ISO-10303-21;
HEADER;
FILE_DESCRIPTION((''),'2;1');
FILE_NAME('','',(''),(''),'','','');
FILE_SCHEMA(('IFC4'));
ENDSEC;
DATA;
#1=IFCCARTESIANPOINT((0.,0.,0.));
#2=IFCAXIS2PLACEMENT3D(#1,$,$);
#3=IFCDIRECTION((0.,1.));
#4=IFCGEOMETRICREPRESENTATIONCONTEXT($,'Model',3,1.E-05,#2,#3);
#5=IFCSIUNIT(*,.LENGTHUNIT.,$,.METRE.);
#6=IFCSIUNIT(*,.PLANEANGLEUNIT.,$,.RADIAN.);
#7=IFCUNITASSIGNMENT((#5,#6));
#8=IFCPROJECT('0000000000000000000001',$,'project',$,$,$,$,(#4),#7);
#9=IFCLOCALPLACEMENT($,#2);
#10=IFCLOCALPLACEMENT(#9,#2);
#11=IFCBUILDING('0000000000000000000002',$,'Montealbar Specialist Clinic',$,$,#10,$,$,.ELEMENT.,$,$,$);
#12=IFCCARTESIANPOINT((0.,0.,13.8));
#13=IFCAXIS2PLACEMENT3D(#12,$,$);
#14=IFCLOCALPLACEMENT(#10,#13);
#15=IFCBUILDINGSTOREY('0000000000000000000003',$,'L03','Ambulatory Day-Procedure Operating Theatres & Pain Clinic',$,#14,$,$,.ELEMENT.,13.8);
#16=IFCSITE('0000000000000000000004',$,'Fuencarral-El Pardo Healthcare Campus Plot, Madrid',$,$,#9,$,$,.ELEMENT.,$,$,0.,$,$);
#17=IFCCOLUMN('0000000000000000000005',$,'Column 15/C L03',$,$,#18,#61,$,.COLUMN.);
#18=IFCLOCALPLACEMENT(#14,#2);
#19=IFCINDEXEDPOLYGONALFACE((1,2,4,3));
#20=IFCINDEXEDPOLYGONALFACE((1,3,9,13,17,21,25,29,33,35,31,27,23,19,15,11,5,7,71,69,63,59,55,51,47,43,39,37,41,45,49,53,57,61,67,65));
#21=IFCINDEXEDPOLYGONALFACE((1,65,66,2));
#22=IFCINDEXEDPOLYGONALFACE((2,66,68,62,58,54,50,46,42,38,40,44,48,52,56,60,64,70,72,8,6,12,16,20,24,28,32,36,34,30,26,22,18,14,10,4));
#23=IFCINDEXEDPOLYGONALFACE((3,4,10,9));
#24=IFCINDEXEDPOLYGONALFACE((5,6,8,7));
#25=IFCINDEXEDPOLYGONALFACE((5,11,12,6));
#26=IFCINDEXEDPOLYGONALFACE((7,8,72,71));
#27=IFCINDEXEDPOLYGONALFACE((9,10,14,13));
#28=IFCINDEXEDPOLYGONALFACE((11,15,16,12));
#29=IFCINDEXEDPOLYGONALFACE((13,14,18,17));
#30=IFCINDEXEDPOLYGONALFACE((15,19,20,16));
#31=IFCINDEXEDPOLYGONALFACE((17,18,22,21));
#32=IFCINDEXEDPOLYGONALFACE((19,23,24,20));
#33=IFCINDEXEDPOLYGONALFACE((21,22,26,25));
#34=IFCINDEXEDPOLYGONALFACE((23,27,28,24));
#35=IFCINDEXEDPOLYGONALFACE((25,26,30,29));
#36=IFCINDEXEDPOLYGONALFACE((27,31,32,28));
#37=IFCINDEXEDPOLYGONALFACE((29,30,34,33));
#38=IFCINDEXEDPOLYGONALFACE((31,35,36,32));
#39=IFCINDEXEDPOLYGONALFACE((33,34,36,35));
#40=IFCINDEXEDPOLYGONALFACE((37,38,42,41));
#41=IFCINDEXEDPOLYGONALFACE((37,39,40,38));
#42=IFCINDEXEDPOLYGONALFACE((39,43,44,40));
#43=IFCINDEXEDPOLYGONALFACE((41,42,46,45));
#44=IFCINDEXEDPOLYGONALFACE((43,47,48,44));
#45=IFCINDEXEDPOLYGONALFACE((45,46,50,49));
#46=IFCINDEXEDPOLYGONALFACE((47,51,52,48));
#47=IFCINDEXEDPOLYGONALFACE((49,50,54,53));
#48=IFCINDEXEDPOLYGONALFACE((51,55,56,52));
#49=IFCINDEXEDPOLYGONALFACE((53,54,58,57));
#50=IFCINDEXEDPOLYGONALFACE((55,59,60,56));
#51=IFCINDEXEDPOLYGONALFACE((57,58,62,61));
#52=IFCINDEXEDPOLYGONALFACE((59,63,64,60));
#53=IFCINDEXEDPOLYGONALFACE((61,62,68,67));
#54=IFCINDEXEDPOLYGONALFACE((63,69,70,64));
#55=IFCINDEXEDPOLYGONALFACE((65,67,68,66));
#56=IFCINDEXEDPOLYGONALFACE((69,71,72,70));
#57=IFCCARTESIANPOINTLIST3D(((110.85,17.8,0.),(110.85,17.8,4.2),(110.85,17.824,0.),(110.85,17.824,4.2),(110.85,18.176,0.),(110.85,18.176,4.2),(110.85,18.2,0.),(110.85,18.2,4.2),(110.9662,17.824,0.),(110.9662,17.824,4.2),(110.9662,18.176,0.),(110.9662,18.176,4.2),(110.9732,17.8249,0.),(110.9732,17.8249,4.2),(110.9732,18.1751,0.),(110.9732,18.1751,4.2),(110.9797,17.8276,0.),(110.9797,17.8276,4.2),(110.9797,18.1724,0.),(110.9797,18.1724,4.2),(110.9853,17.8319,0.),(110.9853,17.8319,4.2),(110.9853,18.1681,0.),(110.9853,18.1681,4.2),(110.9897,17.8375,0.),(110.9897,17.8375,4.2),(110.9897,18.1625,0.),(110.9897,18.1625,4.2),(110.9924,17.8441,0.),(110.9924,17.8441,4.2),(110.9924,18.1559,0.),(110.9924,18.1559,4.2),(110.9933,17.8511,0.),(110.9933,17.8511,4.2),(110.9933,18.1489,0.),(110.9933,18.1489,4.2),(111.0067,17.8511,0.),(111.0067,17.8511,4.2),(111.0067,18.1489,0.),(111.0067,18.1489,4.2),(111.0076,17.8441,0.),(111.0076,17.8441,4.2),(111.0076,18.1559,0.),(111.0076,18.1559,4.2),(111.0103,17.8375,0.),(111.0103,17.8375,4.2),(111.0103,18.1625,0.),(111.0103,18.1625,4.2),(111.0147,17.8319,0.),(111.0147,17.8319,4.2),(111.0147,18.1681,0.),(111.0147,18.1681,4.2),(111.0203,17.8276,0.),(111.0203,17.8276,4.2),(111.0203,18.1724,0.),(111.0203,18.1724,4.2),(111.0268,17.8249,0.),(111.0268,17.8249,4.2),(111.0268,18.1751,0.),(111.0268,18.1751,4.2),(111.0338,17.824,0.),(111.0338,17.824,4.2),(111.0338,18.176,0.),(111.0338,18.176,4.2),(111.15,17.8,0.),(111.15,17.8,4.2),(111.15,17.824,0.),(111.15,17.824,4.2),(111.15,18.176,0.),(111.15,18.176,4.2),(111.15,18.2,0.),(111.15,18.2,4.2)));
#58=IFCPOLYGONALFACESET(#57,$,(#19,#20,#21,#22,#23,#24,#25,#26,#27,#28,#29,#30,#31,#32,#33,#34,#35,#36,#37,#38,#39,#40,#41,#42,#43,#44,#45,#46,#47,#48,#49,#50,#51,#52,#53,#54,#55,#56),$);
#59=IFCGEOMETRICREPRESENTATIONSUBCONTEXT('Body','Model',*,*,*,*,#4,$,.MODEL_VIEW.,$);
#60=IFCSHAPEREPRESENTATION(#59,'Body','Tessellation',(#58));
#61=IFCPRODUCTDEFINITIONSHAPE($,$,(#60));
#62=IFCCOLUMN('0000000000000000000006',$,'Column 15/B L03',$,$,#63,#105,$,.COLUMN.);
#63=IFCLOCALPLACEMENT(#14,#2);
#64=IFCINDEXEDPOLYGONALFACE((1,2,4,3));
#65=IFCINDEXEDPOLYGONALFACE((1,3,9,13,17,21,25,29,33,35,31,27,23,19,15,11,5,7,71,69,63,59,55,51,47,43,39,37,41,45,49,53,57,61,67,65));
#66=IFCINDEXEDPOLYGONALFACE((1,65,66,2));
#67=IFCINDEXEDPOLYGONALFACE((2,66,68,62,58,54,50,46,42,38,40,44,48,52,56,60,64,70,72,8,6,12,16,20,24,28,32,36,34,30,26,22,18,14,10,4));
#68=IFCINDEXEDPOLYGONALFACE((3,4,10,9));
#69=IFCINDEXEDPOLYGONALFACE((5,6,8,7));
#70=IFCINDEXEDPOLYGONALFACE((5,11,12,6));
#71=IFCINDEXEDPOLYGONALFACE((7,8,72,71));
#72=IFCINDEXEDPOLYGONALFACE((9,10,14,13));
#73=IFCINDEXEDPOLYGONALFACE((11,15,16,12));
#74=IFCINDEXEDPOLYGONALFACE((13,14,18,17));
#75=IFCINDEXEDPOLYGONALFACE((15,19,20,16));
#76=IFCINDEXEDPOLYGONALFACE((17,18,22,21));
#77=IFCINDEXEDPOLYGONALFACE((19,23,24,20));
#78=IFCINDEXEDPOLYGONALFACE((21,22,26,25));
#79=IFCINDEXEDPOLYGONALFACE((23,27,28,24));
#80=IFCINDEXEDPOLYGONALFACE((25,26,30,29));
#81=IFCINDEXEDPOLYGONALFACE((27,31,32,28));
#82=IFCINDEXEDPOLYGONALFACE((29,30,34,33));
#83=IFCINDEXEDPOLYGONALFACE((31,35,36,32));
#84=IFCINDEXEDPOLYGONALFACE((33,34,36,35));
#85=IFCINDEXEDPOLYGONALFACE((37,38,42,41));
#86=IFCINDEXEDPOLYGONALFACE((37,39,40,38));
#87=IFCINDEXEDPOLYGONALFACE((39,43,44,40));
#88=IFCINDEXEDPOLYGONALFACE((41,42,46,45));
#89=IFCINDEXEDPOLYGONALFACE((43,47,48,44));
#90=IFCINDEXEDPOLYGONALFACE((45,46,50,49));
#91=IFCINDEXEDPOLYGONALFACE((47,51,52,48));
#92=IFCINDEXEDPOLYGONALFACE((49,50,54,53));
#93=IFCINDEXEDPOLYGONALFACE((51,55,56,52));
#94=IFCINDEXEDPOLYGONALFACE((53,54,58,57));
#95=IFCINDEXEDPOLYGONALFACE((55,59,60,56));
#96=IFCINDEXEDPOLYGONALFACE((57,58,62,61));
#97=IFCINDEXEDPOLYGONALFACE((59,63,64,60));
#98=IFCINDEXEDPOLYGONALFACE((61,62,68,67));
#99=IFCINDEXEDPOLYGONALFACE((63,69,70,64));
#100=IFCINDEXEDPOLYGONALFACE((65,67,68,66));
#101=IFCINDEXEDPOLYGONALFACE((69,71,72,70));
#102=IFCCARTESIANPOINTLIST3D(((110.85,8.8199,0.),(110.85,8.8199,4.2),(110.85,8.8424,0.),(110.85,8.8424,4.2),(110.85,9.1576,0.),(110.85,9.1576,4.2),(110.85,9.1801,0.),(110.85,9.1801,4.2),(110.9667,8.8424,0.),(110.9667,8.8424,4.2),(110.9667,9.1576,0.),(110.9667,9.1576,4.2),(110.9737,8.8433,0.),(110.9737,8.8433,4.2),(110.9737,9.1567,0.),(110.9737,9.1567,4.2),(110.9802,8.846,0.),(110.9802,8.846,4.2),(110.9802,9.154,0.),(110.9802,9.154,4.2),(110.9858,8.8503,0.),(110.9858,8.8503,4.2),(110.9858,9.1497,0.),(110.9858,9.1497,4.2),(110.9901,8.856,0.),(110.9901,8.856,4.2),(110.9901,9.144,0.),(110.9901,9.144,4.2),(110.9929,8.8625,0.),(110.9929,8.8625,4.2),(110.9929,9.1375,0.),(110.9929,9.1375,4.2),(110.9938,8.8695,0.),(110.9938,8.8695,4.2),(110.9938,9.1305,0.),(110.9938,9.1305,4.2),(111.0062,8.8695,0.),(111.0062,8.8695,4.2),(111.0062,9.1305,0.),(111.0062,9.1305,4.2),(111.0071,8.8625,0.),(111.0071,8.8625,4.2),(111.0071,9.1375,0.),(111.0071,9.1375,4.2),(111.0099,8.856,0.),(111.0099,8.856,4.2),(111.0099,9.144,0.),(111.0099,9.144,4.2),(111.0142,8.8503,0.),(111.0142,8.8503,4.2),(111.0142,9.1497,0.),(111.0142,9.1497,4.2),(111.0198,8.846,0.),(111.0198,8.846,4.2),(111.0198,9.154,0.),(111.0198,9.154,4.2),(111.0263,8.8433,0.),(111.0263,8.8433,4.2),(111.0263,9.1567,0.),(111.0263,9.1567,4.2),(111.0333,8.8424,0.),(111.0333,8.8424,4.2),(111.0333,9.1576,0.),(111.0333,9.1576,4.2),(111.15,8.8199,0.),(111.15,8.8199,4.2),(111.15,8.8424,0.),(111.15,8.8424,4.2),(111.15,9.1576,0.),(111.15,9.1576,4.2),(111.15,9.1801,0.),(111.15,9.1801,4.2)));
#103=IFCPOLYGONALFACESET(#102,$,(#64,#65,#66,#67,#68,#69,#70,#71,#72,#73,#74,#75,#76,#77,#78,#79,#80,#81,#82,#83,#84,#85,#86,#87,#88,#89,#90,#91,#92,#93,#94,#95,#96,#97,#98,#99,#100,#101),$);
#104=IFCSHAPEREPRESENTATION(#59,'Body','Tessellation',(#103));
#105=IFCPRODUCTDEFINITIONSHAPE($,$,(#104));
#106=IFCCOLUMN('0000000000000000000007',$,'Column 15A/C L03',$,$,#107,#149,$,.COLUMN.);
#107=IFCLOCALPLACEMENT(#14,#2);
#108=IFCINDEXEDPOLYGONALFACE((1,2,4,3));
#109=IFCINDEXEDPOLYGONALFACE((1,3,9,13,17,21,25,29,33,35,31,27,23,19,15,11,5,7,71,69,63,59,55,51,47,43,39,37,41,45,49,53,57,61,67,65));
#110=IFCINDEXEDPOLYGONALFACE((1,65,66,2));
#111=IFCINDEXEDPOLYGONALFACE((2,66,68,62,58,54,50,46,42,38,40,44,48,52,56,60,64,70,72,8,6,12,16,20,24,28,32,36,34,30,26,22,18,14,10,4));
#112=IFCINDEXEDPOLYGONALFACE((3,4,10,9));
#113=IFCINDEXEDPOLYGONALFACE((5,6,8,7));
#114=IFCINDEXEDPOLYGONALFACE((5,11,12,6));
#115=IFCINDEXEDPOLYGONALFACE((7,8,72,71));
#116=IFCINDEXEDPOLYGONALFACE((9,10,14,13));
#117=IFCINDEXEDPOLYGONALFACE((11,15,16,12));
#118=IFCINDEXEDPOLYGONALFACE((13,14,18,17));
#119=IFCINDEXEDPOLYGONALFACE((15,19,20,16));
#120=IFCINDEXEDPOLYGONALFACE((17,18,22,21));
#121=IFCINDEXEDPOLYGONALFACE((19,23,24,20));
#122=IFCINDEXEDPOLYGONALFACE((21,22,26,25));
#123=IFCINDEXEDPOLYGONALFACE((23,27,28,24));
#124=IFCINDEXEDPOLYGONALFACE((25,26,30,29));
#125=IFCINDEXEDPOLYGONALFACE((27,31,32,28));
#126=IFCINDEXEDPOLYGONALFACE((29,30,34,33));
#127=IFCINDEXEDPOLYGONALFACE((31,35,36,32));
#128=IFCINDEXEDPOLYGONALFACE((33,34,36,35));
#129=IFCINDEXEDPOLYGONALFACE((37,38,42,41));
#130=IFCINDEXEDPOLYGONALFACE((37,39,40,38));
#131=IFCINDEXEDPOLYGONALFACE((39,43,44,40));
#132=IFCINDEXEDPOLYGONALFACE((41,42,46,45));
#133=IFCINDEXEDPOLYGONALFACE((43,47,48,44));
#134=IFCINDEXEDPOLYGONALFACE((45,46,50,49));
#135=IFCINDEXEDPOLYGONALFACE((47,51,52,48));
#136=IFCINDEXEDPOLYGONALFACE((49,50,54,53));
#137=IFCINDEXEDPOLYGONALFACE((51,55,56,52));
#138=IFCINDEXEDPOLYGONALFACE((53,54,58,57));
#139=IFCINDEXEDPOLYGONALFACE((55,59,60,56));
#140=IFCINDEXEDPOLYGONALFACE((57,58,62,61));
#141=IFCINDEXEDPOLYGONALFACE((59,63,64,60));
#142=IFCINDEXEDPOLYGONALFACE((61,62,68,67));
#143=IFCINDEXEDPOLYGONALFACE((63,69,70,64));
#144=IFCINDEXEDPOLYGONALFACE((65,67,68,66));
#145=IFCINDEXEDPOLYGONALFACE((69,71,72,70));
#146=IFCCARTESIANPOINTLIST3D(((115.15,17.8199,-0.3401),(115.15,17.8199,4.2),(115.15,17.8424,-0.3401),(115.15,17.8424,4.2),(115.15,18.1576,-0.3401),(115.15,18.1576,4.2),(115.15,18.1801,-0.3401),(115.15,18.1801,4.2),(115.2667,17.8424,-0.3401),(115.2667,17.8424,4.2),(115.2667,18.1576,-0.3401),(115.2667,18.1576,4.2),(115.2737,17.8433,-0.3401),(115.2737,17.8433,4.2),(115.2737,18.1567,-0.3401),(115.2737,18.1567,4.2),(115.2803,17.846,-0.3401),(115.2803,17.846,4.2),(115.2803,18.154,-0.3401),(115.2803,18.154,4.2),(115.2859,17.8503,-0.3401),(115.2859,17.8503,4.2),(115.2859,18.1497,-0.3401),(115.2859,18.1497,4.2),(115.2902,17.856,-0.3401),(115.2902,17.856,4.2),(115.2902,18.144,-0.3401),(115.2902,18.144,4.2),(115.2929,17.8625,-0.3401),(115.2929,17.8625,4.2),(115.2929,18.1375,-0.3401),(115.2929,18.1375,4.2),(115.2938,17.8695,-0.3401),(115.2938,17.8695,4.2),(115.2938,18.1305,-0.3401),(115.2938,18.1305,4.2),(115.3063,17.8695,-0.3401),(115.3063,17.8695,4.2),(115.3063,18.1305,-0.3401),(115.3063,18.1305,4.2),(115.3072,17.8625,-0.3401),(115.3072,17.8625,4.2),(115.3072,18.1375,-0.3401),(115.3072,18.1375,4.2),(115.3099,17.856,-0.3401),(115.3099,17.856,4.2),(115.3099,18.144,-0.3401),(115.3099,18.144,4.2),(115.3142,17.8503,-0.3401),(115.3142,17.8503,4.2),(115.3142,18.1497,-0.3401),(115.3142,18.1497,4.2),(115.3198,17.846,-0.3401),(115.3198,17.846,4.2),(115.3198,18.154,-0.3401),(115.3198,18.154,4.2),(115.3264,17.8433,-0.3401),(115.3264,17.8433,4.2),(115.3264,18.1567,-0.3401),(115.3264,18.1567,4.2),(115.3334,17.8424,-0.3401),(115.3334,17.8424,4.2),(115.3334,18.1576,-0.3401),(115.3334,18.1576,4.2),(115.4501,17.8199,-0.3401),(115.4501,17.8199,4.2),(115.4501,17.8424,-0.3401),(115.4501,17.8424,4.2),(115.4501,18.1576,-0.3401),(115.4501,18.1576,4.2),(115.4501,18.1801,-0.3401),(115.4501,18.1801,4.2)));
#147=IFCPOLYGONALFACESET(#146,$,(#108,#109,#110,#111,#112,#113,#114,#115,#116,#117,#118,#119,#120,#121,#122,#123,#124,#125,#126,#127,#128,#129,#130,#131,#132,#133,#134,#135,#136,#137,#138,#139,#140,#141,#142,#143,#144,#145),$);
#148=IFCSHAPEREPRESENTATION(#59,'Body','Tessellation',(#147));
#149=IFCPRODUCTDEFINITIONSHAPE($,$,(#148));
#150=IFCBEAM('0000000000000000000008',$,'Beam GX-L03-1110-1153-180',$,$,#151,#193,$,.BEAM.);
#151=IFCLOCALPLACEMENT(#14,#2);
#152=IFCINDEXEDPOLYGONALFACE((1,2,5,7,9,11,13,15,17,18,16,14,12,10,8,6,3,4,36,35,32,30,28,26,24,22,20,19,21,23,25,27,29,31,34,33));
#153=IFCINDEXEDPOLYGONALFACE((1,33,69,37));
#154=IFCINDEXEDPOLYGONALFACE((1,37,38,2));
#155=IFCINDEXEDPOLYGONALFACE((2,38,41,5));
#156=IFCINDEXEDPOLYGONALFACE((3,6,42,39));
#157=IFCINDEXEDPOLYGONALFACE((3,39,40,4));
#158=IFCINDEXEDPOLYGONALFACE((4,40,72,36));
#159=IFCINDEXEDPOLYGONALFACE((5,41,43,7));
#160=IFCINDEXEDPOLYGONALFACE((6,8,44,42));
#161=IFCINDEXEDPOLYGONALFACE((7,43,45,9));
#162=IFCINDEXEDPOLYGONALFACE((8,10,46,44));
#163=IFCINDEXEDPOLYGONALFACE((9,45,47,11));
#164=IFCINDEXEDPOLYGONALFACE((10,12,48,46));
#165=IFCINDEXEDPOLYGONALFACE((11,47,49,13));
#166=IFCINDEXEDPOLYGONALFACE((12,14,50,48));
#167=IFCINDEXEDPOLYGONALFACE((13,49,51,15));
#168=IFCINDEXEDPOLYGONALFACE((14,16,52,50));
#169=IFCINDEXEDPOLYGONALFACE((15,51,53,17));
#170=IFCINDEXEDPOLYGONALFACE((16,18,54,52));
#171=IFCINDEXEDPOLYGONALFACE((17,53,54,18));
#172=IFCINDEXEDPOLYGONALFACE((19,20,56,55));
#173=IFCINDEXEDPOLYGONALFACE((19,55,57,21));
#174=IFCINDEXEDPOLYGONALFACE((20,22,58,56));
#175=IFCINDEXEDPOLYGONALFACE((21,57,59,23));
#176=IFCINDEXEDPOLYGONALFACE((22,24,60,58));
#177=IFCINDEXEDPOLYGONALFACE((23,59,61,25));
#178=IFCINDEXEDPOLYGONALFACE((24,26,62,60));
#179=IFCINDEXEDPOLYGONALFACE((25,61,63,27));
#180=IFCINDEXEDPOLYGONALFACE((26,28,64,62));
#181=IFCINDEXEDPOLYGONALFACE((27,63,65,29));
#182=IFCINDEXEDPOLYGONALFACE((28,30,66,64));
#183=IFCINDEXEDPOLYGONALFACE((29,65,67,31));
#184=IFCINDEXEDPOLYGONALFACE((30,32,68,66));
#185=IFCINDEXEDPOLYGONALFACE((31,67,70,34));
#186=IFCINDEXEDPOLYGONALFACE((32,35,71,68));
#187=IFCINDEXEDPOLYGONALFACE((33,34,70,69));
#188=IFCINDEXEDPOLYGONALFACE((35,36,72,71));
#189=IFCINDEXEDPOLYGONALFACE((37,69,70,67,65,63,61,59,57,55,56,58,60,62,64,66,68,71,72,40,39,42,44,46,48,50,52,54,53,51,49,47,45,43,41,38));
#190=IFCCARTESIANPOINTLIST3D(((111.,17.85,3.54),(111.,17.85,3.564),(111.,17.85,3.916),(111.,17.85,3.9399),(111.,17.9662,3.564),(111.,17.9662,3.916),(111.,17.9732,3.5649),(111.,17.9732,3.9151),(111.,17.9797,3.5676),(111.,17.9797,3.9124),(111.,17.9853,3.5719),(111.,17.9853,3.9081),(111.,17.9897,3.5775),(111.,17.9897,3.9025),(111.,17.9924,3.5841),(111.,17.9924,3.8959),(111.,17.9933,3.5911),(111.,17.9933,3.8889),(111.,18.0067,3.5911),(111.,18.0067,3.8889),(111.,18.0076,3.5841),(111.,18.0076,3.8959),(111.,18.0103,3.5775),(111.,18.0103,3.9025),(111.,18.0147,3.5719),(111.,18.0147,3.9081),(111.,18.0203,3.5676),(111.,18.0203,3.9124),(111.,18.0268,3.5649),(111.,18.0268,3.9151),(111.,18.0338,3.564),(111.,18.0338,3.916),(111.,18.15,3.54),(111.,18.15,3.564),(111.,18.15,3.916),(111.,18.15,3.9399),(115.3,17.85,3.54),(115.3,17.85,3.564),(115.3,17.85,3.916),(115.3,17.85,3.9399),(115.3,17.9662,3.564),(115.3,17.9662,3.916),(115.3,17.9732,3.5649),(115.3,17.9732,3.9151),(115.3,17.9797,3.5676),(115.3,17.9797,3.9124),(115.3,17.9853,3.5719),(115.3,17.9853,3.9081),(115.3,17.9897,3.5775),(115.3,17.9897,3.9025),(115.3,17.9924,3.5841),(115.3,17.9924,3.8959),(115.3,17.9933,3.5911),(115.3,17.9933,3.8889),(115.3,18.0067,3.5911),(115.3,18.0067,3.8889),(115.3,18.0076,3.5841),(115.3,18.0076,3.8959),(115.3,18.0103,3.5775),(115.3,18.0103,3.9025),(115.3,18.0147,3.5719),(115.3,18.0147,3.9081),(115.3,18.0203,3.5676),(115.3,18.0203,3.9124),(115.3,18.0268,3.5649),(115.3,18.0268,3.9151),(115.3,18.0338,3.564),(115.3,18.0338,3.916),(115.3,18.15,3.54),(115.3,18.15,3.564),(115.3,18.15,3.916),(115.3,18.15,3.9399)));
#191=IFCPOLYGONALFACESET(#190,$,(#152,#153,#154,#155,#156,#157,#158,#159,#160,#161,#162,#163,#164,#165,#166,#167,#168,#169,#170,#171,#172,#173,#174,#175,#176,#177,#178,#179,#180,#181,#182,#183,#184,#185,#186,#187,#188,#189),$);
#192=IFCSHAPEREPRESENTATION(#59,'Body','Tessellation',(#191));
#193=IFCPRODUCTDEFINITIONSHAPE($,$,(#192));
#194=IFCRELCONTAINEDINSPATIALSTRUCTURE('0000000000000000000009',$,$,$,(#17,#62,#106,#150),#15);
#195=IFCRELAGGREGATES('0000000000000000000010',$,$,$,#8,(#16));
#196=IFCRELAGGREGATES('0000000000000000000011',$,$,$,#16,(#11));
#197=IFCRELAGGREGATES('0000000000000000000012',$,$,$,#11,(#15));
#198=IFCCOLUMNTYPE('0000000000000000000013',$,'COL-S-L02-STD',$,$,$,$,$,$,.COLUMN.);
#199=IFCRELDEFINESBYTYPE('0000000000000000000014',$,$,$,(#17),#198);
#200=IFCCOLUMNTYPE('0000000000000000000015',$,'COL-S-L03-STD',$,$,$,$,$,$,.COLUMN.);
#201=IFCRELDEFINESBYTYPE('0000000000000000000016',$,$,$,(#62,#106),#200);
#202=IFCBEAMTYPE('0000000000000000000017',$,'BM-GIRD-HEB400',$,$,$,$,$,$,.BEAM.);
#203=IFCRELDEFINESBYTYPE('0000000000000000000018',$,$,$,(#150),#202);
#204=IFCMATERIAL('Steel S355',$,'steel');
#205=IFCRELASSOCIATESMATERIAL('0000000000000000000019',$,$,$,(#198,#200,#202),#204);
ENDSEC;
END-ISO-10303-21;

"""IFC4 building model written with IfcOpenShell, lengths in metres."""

from ifc_helpers import new_model, si_unit, direction, frame, origin, origin_2d, place, context, subcontext, project, spatial, i_section, extrude, material, material_profile, profile_set, type_object, element, save


model = new_model("IFC4")

# Units and contexts
model_context = context("Model", 3, precision=1e-05, world=origin(), true_north=direction((0.0, 1.0)))
body_context = subcontext(model_context, "Body", "Model", "MODEL_VIEW")
ifc_project = project(units=[si_unit("LENGTHUNIT", "METRE"), si_unit("PLANEANGLEUNIT", "RADIAN")], contexts=[model_context])

# Site, building, storey
site_placement = place(None, origin())
site = spatial("IfcSite", under=ifc_project, at=site_placement, Name="Fuencarral-El Pardo Healthcare Campus Plot, Madrid", CompositionType="ELEMENT", RefElevation=0.0)
building_placement = place(site_placement, origin())
building = spatial("IfcBuilding", under=site, at=building_placement, Name="Montealbar Specialist Clinic", CompositionType="ELEMENT")
storey_placement = place(building_placement, frame((0.0, 0.0, 13.8)))
storey = spatial("IfcBuildingStorey", under=building, at=storey_placement, Name="L03", Description="Ambulatory Day-Procedure Operating Theatres & Pain Clinic", CompositionType="ELEMENT", Elevation=13.8)

# Columns
ifc_material_1 = material(Name="Steel S355", Category="steel")
ifc_material_profile_1 = material_profile(ifc_material_1, i_section(OverallWidth=0.3, OverallDepth=0.3999, WebThickness=0.0134, FlangeThickness=0.0239, FilletRadius=0.0271, at=origin_2d()), Name="HEB 400", Category="steel")
ifc_profile_set_1 = profile_set([ifc_material_profile_1], Name="Steel S355")
column_type_1 = type_object("IfcColumnType", Name="COL-S-L02-STD", PredefinedType="COLUMN", material=ifc_profile_set_1)
column_1_placement = place(storey_placement, frame((111.0, 18.0, 0.0), z_axis=(0.0, 0.0, 1.0), x_axis=(1.0, 0.0, 0.0)))
element("IfcColumn", 1, at=column_1_placement, inside=storey, type_object=column_type_1, Name="Column 15/C L03", PredefinedType="COLUMN", context=body_context, shape_type="SweptSolid", body=[
    extrude(i_section(OverallWidth=0.3, OverallDepth=0.3999, WebThickness=0.0134, FlangeThickness=0.0239, FilletRadius=0.0271, at=origin_2d()), origin(), (0.0, 0.0, 1.0), 4.2),
])
ifc_material_profile_2 = material_profile(ifc_material_1, i_section(OverallWidth=0.3, OverallDepth=0.3601, WebThickness=0.0125, FlangeThickness=0.0225, FilletRadius=0.0271, at=origin_2d()), Name="HEB 360", Category="steel")
ifc_profile_set_2 = profile_set([ifc_material_profile_2], Name="Steel S355")
column_type_2 = type_object("IfcColumnType", Name="COL-S-L03-STD", PredefinedType="COLUMN", material=ifc_profile_set_2)
column_2_placement = place(storey_placement, frame((111.0, 9.0, 0.0), z_axis=(0.0, 0.0, 1.0), x_axis=(1.0, 0.0, 0.0)))
element("IfcColumn", 2, at=column_2_placement, inside=storey, type_object=column_type_2, Name="Column 15/B L03", PredefinedType="COLUMN", context=body_context, shape_type="SweptSolid", body=[
    extrude(i_section(OverallWidth=0.3, OverallDepth=0.3601, WebThickness=0.0125, FlangeThickness=0.0225, FilletRadius=0.0271, at=origin_2d()), origin(), (0.0, 0.0, 1.0), 4.2),
])
column_3_placement = place(storey_placement, frame((115.3, 18.0, -0.3401), z_axis=(0.0, 0.0, 1.0), x_axis=(1.0, 0.0, 0.0)))
element("IfcColumn", 3, at=column_3_placement, inside=storey, type_object=column_type_2, Name="Column 15A/C L03", PredefinedType="COLUMN", context=body_context, shape_type="SweptSolid", body=[
    extrude(i_section(OverallWidth=0.3, OverallDepth=0.3601, WebThickness=0.0125, FlangeThickness=0.0225, FilletRadius=0.0271, at=origin_2d()), origin(), (0.0, 0.0, 1.0), 4.54),
])

# Beam
ifc_material_profile_3 = material_profile(ifc_material_1, i_section(OverallWidth=0.3, OverallDepth=0.3999, WebThickness=0.0134, FlangeThickness=0.0239, FilletRadius=0.0271, at=origin_2d()), Name="HEB 400", Category="steel")
ifc_profile_set_3 = profile_set([ifc_material_profile_3], Name="Steel S355")
beam_type_1 = type_object("IfcBeamType", Name="BM-GIRD-HEB400", PredefinedType="BEAM", material=ifc_profile_set_3)
beam_1_placement = place(storey_placement, frame((111.0, 18.0, 3.74), z_axis=(1.0, 0.0, 0.0), x_axis=(0.0, 1.0, 0.0)))
element("IfcBeam", 4, at=beam_1_placement, inside=storey, type_object=beam_type_1, Name="Beam GX-L03-1110-1153-180", PredefinedType="BEAM", context=body_context, shape_type="SweptSolid", body=[
    extrude(i_section(OverallWidth=0.3, OverallDepth=0.3999, WebThickness=0.0134, FlangeThickness=0.0239, FilletRadius=0.0271, at=origin_2d()), origin(), (0.0, 0.0, 1.0), 4.3),
])

save(model, "model.ifc")
